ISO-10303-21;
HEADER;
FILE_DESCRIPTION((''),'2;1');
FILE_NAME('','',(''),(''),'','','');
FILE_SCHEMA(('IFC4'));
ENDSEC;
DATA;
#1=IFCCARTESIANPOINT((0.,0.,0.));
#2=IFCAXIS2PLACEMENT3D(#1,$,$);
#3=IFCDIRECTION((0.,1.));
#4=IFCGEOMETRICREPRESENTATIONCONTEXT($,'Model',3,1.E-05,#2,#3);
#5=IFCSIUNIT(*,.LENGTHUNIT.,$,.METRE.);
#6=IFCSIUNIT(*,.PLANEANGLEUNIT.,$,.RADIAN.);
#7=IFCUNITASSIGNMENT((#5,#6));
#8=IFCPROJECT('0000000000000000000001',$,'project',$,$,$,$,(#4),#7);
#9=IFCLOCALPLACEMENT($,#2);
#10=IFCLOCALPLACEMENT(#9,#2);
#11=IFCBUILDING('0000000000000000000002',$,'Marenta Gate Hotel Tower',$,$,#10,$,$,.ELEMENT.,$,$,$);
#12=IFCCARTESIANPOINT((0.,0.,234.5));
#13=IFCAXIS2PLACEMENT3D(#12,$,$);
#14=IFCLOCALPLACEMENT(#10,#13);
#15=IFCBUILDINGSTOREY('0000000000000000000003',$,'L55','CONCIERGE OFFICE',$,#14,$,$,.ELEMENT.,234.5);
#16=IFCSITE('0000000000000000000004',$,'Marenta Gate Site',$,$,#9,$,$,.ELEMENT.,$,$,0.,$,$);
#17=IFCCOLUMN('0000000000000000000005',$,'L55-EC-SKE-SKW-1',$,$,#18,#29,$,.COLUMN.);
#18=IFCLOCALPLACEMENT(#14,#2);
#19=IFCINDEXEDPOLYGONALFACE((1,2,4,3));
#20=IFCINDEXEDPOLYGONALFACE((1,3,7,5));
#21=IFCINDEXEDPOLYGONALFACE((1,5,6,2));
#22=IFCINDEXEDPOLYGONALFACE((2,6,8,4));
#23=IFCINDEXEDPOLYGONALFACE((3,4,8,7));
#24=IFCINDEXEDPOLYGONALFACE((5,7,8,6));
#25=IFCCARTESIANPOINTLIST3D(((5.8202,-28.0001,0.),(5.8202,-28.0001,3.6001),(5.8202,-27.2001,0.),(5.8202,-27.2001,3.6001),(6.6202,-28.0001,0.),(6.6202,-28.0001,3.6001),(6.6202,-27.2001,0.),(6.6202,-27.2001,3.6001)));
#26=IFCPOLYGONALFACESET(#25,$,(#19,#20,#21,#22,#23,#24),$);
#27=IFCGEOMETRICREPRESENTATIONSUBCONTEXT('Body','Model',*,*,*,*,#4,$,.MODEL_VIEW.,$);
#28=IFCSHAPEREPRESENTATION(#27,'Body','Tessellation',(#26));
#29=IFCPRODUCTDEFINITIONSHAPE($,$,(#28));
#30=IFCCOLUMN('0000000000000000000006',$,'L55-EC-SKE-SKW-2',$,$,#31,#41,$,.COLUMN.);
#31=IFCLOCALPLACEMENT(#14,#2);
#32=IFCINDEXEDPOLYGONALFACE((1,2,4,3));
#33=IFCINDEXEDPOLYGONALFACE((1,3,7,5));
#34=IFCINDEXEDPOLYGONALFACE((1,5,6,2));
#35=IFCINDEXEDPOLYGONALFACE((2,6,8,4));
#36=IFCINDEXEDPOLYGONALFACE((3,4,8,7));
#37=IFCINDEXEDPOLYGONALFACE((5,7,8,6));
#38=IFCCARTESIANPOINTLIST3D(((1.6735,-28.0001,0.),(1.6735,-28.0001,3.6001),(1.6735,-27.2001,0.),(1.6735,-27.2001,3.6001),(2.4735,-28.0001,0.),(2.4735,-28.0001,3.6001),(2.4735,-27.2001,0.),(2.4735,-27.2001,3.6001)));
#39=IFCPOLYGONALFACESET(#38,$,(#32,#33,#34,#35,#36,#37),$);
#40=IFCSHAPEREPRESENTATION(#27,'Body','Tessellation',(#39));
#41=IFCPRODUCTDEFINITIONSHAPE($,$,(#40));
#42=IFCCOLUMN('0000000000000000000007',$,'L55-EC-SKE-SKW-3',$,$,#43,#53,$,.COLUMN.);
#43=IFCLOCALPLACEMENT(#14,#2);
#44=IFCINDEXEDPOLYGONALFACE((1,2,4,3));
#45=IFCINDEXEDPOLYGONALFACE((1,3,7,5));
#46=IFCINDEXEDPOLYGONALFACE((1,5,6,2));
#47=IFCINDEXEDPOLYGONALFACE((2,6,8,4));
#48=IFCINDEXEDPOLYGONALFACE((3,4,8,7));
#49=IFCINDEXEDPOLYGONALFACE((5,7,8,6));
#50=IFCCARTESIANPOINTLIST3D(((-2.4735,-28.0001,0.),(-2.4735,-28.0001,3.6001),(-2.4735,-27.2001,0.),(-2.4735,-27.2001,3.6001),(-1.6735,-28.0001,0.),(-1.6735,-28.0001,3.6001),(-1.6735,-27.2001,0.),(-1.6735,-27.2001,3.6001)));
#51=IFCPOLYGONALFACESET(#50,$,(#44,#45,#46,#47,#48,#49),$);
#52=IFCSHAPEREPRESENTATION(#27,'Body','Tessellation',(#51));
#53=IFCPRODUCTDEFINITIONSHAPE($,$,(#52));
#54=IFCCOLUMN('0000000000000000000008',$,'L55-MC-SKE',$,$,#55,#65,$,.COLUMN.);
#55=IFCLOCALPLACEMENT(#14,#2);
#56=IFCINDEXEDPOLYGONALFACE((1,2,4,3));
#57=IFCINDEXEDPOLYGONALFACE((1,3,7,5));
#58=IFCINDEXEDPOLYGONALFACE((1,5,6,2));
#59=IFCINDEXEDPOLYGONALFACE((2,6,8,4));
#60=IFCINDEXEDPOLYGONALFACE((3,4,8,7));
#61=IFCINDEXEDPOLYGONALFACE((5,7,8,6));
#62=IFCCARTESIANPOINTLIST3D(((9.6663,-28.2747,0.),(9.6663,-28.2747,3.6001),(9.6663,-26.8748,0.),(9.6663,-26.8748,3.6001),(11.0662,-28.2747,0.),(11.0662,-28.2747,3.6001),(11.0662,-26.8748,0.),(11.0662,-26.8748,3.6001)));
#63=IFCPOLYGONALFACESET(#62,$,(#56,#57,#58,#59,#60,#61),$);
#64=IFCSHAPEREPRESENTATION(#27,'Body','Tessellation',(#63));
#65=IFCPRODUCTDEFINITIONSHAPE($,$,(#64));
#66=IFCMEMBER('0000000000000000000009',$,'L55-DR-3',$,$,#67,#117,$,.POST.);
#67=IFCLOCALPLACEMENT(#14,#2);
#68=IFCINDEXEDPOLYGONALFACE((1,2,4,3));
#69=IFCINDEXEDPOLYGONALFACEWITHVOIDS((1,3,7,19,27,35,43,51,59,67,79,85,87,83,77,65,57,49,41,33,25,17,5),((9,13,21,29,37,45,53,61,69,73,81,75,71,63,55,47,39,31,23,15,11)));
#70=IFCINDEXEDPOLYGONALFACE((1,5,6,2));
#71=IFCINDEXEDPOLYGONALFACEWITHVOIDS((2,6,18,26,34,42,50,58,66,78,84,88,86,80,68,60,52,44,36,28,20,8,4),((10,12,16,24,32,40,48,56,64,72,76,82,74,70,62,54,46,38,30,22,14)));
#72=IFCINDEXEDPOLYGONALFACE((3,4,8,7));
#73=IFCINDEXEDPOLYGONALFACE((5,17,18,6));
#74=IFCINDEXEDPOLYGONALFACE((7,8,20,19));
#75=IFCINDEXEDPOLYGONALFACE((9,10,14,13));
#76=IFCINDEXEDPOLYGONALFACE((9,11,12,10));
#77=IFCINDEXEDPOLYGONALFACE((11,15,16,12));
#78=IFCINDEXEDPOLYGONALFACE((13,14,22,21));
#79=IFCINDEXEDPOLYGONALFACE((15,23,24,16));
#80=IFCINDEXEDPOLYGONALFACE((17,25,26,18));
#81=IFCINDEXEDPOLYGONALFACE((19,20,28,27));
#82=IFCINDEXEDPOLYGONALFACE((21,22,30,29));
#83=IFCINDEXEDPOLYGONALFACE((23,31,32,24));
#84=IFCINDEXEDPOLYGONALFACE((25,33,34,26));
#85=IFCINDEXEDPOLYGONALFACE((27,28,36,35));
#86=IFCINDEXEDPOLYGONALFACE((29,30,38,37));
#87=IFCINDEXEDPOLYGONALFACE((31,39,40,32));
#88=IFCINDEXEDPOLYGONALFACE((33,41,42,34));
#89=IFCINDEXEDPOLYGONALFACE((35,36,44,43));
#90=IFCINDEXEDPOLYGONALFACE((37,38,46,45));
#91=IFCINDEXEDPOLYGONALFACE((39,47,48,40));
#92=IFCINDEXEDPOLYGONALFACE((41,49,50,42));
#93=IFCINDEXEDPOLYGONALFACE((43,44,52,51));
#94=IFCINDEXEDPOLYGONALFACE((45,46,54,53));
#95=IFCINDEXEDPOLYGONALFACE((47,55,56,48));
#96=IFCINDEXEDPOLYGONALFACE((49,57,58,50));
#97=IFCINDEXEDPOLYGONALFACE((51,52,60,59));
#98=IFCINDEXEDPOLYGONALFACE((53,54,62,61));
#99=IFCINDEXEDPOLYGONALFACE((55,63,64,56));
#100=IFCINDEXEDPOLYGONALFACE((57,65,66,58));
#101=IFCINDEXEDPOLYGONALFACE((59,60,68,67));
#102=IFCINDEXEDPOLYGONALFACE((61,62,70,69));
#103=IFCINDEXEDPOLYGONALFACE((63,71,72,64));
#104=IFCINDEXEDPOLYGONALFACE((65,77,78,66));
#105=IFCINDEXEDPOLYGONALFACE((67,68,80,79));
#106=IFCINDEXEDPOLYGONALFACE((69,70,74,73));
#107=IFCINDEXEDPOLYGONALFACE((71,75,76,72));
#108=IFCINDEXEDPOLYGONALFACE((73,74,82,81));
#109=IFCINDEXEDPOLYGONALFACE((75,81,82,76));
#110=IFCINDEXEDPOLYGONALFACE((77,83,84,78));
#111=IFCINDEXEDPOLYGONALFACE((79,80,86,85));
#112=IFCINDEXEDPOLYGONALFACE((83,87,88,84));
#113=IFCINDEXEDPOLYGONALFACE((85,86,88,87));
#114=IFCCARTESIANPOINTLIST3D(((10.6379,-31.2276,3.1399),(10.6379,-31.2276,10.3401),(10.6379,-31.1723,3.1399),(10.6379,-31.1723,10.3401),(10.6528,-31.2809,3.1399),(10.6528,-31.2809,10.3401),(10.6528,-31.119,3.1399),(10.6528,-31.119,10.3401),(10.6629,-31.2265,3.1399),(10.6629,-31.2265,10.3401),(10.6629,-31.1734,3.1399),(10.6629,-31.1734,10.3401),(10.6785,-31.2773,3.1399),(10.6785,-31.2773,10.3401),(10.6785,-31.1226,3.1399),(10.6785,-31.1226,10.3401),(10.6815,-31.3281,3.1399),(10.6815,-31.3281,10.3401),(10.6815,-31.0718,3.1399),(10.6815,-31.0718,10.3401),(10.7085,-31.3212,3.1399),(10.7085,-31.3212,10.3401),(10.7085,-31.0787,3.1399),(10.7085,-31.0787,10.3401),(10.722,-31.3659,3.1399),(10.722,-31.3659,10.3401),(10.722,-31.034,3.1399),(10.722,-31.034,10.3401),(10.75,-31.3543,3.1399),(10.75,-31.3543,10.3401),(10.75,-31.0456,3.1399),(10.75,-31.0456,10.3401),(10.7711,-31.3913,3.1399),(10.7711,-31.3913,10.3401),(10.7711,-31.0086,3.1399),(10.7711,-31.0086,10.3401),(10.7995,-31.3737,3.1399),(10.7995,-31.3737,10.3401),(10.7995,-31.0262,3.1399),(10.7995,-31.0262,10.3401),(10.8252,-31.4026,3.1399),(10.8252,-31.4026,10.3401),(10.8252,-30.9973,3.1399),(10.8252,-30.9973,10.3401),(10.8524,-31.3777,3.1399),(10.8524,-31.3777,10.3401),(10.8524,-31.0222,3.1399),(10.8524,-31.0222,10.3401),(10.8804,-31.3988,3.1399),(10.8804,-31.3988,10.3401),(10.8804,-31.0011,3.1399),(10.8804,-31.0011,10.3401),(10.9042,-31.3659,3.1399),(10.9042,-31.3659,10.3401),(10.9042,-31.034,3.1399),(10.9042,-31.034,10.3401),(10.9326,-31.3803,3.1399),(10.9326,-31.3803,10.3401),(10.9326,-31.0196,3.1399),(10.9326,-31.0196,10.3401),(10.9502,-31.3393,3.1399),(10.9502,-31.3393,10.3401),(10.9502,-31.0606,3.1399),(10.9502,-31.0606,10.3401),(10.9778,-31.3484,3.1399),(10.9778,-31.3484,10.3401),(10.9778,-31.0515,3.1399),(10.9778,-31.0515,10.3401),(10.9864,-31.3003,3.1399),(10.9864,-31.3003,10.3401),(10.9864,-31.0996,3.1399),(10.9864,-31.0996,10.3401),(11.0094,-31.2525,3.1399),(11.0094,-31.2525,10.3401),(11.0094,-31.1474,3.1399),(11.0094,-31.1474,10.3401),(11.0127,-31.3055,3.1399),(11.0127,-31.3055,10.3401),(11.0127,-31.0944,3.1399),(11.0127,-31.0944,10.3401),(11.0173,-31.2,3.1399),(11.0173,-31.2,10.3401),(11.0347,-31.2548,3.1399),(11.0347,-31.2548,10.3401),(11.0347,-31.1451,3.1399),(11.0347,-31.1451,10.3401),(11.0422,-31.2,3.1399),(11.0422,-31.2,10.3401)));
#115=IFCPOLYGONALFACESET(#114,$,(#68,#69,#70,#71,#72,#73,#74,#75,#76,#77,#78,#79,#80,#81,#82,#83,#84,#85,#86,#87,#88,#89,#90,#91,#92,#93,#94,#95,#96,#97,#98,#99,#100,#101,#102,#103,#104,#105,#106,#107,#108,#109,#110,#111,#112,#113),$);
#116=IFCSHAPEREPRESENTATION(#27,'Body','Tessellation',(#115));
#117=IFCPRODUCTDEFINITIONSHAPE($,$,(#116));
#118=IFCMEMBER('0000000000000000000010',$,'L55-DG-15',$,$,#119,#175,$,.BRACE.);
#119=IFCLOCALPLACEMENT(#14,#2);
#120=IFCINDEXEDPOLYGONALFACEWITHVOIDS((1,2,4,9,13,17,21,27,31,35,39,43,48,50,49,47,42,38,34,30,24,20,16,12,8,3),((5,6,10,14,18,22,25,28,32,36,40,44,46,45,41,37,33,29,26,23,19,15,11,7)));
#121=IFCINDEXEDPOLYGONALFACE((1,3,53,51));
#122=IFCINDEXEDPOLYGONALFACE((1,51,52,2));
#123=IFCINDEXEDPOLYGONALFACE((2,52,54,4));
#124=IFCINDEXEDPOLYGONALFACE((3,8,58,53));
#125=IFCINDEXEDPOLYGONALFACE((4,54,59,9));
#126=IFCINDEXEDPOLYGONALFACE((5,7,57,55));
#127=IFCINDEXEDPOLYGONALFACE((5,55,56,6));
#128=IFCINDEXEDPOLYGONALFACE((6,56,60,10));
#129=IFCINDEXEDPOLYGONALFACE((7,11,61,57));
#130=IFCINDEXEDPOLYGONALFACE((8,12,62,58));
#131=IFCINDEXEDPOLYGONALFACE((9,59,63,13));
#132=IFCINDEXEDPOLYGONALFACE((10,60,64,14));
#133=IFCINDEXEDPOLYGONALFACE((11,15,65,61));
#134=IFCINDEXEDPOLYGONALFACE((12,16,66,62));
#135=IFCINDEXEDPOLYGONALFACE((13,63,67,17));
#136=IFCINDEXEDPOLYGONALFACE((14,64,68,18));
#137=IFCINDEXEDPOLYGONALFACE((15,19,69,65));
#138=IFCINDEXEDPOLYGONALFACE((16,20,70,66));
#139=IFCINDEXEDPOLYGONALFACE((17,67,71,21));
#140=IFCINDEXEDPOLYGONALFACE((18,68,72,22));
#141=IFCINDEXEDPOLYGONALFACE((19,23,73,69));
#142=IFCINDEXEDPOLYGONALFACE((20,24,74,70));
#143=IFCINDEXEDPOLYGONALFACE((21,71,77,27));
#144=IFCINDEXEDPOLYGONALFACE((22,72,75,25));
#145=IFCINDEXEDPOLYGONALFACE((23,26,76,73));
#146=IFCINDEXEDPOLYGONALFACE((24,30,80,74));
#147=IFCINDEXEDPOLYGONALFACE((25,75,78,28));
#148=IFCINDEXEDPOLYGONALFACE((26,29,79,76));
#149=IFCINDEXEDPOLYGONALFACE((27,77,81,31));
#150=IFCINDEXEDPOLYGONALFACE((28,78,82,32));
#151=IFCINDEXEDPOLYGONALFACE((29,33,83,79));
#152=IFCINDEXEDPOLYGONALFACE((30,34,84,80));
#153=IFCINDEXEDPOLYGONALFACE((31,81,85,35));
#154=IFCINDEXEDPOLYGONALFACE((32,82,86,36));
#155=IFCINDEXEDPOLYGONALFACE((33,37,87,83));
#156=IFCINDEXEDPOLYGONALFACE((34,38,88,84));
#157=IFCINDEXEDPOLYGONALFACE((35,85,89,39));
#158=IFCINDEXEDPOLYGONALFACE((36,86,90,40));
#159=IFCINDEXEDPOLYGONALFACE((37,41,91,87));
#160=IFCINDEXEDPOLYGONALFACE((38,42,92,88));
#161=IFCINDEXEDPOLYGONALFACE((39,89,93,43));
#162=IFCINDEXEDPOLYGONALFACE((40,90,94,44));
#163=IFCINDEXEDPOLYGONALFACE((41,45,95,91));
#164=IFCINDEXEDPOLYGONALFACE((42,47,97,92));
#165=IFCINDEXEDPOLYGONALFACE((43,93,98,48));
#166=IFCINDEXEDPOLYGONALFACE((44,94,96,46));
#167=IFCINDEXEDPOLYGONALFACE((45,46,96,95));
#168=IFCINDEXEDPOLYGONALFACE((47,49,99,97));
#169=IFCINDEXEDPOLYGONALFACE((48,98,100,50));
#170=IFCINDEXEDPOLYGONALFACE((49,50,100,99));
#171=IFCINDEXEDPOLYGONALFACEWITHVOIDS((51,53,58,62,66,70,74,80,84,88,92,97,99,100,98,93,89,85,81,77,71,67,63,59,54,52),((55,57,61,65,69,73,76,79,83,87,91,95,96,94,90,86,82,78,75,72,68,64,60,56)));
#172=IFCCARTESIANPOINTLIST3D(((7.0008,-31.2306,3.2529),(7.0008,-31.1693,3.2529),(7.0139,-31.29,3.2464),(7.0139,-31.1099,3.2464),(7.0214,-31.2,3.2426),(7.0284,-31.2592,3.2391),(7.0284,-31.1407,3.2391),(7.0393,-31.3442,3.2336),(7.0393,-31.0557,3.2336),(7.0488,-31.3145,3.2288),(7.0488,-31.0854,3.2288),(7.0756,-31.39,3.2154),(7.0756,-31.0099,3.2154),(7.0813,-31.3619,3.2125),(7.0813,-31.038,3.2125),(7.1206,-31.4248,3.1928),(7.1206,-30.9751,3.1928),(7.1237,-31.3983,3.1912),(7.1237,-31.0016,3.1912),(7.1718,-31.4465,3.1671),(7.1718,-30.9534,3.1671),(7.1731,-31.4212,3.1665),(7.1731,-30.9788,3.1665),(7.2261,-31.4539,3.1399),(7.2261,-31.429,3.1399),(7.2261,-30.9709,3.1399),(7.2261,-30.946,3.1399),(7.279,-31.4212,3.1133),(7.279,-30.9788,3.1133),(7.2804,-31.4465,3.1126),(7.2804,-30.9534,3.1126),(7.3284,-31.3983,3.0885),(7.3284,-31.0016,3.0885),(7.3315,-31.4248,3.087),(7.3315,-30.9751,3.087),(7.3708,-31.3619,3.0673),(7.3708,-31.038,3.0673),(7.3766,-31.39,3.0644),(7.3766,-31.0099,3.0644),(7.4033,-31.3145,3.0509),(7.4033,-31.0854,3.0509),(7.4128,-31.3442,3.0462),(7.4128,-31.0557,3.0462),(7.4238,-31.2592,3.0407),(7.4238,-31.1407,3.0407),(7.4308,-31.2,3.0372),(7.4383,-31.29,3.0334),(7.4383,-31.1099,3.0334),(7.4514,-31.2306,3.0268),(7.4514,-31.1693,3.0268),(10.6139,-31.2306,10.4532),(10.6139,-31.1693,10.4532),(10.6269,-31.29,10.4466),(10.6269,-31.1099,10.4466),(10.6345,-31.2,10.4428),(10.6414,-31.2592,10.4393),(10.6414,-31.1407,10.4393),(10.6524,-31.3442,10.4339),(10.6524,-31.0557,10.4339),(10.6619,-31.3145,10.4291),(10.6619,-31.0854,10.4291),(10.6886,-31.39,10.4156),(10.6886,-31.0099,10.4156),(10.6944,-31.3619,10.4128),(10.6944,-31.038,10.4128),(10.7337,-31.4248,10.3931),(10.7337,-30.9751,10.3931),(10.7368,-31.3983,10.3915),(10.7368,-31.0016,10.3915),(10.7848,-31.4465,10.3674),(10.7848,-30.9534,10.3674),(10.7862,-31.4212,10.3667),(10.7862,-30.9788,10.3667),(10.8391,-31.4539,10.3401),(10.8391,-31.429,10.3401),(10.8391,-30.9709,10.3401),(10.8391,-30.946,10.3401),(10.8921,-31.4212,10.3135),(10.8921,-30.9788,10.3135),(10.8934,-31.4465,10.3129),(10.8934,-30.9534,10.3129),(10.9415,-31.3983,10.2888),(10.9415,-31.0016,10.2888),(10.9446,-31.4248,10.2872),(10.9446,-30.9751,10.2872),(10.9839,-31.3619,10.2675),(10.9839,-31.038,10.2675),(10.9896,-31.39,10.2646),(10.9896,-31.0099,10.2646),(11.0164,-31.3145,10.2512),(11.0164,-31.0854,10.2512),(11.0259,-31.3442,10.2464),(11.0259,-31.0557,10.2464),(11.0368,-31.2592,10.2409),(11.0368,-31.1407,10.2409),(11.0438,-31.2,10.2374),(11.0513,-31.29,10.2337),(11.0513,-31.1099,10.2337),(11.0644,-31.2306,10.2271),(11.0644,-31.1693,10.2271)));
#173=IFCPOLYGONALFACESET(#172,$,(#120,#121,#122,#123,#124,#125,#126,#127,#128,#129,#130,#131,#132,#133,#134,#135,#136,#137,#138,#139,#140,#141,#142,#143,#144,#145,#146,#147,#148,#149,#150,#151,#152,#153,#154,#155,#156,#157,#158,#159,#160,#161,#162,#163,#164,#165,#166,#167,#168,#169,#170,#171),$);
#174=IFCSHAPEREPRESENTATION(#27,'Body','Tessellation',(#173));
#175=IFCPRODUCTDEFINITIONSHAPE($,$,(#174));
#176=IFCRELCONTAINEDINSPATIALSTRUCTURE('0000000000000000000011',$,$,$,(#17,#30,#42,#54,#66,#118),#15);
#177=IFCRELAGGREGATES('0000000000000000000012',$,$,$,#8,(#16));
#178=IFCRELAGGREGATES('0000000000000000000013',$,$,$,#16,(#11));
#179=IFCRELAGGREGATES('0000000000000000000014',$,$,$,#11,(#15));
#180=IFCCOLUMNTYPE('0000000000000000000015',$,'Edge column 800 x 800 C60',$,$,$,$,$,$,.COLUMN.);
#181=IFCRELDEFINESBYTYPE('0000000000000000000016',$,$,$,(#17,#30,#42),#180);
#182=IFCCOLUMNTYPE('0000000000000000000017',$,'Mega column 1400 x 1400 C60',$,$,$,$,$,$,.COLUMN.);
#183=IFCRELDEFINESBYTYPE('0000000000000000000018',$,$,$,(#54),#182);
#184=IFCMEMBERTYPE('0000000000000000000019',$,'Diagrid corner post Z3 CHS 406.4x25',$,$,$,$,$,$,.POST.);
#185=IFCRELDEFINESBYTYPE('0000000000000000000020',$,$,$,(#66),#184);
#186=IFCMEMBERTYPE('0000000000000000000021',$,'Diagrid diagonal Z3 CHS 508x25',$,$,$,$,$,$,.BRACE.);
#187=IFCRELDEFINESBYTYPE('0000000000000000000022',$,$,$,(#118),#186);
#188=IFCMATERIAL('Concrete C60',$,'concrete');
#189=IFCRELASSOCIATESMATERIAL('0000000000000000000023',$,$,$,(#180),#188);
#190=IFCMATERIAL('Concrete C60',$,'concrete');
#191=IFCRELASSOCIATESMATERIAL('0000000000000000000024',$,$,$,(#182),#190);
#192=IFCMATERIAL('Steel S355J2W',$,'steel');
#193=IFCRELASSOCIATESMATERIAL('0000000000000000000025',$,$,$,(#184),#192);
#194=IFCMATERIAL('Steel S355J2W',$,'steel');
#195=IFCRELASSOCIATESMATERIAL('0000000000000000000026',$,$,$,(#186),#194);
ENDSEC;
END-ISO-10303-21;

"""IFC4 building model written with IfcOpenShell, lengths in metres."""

from ifc_helpers import new_model, si_unit, direction, frame, origin, origin_2d, place, context, subcontext, project, spatial, rectangle, hollow_circle, extrude, material, material_profile, profile_set, type_object, element, save


model = new_model("IFC4")

# Units and contexts
model_context = context("Model", 3, precision=1e-05, world=origin(), true_north=direction((0.0, 1.0)))
body_context = subcontext(model_context, "Body", "Model", "MODEL_VIEW")
ifc_project = project(units=[si_unit("LENGTHUNIT", "METRE"), si_unit("PLANEANGLEUNIT", "RADIAN")], contexts=[model_context])

# Site, building, storey
site_placement = place(None, origin())
site = spatial("IfcSite", under=ifc_project, at=site_placement, Name="Marenta Gate Site", CompositionType="ELEMENT", RefElevation=0.0)
building_placement = place(site_placement, origin())
building = spatial("IfcBuilding", under=site, at=building_placement, Name="Marenta Gate Hotel Tower", CompositionType="ELEMENT")
storey_placement = place(building_placement, frame((0.0, 0.0, 234.5)))
storey = spatial("IfcBuildingStorey", under=building, at=storey_placement, Name="L55", Description="CONCIERGE OFFICE", CompositionType="ELEMENT", Elevation=234.5)

# Columns
ifc_material_1 = material(Name="Concrete C60", Category="concrete")
ifc_material_profile_1 = material_profile(ifc_material_1, rectangle(XDim=0.8, YDim=0.8, at=origin_2d()), Name="800 x 800")
ifc_profile_set_1 = profile_set([ifc_material_profile_1], Name="Concrete C60")
column_type_1 = type_object("IfcColumnType", Name="Edge column 800 x 800 C60", PredefinedType="COLUMN", material=ifc_profile_set_1)
for number, where, z_axis, x_axis, name in (
    (1, (6.2202, -27.6001, 0.0), (0.0, 0.0, 1.0), (1.0, 0.0, 0.0), "L55-EC-SKE-SKW-1"),
    (2, (2.0735, -27.6001, 0.0), (0.0, 0.0, 1.0), (1.0, 0.0, 0.0), "L55-EC-SKE-SKW-2"),
    (3, (-2.0735, -27.6001, 0.0), (0.0, 0.0, 1.0), (1.0, 0.0, 0.0), "L55-EC-SKE-SKW-3"),
):
    element("IfcColumn", number, at=place(storey_placement, frame(where, z_axis=z_axis, x_axis=x_axis)), inside=storey, type_object=column_type_1, Name=name, PredefinedType="COLUMN", context=body_context, shape_type="SweptSolid", body=[
        extrude(rectangle(XDim=0.8, YDim=0.8, at=origin_2d()), origin(), (0.0, 0.0, 1.0), 3.6001),
    ])
ifc_material_2 = material(Name="Concrete C60", Category="concrete")
ifc_material_profile_2 = material_profile(ifc_material_2, rectangle(XDim=1.3999, YDim=1.3999, at=origin_2d()), Name="1400 x 1400")
ifc_profile_set_2 = profile_set([ifc_material_profile_2], Name="Concrete C60")
column_type_2 = type_object("IfcColumnType", Name="Mega column 1400 x 1400 C60", PredefinedType="COLUMN", material=ifc_profile_set_2)
column_placement = place(storey_placement, frame((10.3662, -27.5747, 0.0), z_axis=(0.0, 0.0, 1.0), x_axis=(1.0, 0.0, 0.0)))
element("IfcColumn", 4, at=column_placement, inside=storey, type_object=column_type_2, Name="L55-MC-SKE", PredefinedType="COLUMN", context=body_context, shape_type="SweptSolid", body=[
    extrude(rectangle(XDim=1.3999, YDim=1.3999, at=origin_2d()), origin(), (0.0, 0.0, 1.0), 3.6001),
])

# Members
ifc_material_3 = material(Name="Steel S355J2W", Category="steel")
ifc_material_profile_3 = material_profile(ifc_material_3, hollow_circle(Radius=0.2031, WallThickness=0.0249, at=origin_2d()), Name="CHS 406.4x25")
ifc_profile_set_3 = profile_set([ifc_material_profile_3], Name="Steel S355J2W")
member_type_1 = type_object("IfcMemberType", Name="Diagrid corner post Z3 CHS 406.4x25", PredefinedType="POST", material=ifc_profile_set_3)
member_1_placement = place(storey_placement, frame((10.8391, -31.2, 3.1399), z_axis=(0.0, 0.0, 1.0), x_axis=(1.0, 0.0, 0.0)))
element("IfcMember", 5, at=member_1_placement, inside=storey, type_object=member_type_1, Name="L55-DR-3", PredefinedType="POST", context=body_context, shape_type="SweptSolid", body=[
    extrude(hollow_circle(Radius=0.2031, WallThickness=0.0249, at=origin_2d()), origin(), (0.0, 0.0, 1.0), 7.2002),
])
ifc_material_4 = material(Name="Steel S355J2W", Category="steel")
ifc_material_profile_4 = material_profile(ifc_material_4, hollow_circle(Radius=0.2539, WallThickness=0.0249, at=origin_2d()), Name="CHS 508x25")
ifc_profile_set_4 = profile_set([ifc_material_profile_4], Name="Steel S355J2W")
member_type_2 = type_object("IfcMemberType", Name="Diagrid diagonal Z3 CHS 508x25", PredefinedType="BRACE", material=ifc_profile_set_4)
for number, where, z_axis, x_axis, name in (
    (6, (7.2261, -31.2, 3.1399), (0.448498, 0.0, 0.893784), (0.0, 1.0, 0.0), "L55-DG-15"),
):
    element("IfcMember", number, at=place(storey_placement, frame(where, z_axis=z_axis, x_axis=x_axis)), inside=storey, type_object=member_type_2, Name=name, PredefinedType="BRACE", context=body_context, shape_type="SweptSolid", body=[
        extrude(hollow_circle(Radius=0.2539, WallThickness=0.0249, at=origin_2d()), origin(), (0.0, 0.0, 1.0), 8.0559),
    ])

save(model, "model.ifc")
